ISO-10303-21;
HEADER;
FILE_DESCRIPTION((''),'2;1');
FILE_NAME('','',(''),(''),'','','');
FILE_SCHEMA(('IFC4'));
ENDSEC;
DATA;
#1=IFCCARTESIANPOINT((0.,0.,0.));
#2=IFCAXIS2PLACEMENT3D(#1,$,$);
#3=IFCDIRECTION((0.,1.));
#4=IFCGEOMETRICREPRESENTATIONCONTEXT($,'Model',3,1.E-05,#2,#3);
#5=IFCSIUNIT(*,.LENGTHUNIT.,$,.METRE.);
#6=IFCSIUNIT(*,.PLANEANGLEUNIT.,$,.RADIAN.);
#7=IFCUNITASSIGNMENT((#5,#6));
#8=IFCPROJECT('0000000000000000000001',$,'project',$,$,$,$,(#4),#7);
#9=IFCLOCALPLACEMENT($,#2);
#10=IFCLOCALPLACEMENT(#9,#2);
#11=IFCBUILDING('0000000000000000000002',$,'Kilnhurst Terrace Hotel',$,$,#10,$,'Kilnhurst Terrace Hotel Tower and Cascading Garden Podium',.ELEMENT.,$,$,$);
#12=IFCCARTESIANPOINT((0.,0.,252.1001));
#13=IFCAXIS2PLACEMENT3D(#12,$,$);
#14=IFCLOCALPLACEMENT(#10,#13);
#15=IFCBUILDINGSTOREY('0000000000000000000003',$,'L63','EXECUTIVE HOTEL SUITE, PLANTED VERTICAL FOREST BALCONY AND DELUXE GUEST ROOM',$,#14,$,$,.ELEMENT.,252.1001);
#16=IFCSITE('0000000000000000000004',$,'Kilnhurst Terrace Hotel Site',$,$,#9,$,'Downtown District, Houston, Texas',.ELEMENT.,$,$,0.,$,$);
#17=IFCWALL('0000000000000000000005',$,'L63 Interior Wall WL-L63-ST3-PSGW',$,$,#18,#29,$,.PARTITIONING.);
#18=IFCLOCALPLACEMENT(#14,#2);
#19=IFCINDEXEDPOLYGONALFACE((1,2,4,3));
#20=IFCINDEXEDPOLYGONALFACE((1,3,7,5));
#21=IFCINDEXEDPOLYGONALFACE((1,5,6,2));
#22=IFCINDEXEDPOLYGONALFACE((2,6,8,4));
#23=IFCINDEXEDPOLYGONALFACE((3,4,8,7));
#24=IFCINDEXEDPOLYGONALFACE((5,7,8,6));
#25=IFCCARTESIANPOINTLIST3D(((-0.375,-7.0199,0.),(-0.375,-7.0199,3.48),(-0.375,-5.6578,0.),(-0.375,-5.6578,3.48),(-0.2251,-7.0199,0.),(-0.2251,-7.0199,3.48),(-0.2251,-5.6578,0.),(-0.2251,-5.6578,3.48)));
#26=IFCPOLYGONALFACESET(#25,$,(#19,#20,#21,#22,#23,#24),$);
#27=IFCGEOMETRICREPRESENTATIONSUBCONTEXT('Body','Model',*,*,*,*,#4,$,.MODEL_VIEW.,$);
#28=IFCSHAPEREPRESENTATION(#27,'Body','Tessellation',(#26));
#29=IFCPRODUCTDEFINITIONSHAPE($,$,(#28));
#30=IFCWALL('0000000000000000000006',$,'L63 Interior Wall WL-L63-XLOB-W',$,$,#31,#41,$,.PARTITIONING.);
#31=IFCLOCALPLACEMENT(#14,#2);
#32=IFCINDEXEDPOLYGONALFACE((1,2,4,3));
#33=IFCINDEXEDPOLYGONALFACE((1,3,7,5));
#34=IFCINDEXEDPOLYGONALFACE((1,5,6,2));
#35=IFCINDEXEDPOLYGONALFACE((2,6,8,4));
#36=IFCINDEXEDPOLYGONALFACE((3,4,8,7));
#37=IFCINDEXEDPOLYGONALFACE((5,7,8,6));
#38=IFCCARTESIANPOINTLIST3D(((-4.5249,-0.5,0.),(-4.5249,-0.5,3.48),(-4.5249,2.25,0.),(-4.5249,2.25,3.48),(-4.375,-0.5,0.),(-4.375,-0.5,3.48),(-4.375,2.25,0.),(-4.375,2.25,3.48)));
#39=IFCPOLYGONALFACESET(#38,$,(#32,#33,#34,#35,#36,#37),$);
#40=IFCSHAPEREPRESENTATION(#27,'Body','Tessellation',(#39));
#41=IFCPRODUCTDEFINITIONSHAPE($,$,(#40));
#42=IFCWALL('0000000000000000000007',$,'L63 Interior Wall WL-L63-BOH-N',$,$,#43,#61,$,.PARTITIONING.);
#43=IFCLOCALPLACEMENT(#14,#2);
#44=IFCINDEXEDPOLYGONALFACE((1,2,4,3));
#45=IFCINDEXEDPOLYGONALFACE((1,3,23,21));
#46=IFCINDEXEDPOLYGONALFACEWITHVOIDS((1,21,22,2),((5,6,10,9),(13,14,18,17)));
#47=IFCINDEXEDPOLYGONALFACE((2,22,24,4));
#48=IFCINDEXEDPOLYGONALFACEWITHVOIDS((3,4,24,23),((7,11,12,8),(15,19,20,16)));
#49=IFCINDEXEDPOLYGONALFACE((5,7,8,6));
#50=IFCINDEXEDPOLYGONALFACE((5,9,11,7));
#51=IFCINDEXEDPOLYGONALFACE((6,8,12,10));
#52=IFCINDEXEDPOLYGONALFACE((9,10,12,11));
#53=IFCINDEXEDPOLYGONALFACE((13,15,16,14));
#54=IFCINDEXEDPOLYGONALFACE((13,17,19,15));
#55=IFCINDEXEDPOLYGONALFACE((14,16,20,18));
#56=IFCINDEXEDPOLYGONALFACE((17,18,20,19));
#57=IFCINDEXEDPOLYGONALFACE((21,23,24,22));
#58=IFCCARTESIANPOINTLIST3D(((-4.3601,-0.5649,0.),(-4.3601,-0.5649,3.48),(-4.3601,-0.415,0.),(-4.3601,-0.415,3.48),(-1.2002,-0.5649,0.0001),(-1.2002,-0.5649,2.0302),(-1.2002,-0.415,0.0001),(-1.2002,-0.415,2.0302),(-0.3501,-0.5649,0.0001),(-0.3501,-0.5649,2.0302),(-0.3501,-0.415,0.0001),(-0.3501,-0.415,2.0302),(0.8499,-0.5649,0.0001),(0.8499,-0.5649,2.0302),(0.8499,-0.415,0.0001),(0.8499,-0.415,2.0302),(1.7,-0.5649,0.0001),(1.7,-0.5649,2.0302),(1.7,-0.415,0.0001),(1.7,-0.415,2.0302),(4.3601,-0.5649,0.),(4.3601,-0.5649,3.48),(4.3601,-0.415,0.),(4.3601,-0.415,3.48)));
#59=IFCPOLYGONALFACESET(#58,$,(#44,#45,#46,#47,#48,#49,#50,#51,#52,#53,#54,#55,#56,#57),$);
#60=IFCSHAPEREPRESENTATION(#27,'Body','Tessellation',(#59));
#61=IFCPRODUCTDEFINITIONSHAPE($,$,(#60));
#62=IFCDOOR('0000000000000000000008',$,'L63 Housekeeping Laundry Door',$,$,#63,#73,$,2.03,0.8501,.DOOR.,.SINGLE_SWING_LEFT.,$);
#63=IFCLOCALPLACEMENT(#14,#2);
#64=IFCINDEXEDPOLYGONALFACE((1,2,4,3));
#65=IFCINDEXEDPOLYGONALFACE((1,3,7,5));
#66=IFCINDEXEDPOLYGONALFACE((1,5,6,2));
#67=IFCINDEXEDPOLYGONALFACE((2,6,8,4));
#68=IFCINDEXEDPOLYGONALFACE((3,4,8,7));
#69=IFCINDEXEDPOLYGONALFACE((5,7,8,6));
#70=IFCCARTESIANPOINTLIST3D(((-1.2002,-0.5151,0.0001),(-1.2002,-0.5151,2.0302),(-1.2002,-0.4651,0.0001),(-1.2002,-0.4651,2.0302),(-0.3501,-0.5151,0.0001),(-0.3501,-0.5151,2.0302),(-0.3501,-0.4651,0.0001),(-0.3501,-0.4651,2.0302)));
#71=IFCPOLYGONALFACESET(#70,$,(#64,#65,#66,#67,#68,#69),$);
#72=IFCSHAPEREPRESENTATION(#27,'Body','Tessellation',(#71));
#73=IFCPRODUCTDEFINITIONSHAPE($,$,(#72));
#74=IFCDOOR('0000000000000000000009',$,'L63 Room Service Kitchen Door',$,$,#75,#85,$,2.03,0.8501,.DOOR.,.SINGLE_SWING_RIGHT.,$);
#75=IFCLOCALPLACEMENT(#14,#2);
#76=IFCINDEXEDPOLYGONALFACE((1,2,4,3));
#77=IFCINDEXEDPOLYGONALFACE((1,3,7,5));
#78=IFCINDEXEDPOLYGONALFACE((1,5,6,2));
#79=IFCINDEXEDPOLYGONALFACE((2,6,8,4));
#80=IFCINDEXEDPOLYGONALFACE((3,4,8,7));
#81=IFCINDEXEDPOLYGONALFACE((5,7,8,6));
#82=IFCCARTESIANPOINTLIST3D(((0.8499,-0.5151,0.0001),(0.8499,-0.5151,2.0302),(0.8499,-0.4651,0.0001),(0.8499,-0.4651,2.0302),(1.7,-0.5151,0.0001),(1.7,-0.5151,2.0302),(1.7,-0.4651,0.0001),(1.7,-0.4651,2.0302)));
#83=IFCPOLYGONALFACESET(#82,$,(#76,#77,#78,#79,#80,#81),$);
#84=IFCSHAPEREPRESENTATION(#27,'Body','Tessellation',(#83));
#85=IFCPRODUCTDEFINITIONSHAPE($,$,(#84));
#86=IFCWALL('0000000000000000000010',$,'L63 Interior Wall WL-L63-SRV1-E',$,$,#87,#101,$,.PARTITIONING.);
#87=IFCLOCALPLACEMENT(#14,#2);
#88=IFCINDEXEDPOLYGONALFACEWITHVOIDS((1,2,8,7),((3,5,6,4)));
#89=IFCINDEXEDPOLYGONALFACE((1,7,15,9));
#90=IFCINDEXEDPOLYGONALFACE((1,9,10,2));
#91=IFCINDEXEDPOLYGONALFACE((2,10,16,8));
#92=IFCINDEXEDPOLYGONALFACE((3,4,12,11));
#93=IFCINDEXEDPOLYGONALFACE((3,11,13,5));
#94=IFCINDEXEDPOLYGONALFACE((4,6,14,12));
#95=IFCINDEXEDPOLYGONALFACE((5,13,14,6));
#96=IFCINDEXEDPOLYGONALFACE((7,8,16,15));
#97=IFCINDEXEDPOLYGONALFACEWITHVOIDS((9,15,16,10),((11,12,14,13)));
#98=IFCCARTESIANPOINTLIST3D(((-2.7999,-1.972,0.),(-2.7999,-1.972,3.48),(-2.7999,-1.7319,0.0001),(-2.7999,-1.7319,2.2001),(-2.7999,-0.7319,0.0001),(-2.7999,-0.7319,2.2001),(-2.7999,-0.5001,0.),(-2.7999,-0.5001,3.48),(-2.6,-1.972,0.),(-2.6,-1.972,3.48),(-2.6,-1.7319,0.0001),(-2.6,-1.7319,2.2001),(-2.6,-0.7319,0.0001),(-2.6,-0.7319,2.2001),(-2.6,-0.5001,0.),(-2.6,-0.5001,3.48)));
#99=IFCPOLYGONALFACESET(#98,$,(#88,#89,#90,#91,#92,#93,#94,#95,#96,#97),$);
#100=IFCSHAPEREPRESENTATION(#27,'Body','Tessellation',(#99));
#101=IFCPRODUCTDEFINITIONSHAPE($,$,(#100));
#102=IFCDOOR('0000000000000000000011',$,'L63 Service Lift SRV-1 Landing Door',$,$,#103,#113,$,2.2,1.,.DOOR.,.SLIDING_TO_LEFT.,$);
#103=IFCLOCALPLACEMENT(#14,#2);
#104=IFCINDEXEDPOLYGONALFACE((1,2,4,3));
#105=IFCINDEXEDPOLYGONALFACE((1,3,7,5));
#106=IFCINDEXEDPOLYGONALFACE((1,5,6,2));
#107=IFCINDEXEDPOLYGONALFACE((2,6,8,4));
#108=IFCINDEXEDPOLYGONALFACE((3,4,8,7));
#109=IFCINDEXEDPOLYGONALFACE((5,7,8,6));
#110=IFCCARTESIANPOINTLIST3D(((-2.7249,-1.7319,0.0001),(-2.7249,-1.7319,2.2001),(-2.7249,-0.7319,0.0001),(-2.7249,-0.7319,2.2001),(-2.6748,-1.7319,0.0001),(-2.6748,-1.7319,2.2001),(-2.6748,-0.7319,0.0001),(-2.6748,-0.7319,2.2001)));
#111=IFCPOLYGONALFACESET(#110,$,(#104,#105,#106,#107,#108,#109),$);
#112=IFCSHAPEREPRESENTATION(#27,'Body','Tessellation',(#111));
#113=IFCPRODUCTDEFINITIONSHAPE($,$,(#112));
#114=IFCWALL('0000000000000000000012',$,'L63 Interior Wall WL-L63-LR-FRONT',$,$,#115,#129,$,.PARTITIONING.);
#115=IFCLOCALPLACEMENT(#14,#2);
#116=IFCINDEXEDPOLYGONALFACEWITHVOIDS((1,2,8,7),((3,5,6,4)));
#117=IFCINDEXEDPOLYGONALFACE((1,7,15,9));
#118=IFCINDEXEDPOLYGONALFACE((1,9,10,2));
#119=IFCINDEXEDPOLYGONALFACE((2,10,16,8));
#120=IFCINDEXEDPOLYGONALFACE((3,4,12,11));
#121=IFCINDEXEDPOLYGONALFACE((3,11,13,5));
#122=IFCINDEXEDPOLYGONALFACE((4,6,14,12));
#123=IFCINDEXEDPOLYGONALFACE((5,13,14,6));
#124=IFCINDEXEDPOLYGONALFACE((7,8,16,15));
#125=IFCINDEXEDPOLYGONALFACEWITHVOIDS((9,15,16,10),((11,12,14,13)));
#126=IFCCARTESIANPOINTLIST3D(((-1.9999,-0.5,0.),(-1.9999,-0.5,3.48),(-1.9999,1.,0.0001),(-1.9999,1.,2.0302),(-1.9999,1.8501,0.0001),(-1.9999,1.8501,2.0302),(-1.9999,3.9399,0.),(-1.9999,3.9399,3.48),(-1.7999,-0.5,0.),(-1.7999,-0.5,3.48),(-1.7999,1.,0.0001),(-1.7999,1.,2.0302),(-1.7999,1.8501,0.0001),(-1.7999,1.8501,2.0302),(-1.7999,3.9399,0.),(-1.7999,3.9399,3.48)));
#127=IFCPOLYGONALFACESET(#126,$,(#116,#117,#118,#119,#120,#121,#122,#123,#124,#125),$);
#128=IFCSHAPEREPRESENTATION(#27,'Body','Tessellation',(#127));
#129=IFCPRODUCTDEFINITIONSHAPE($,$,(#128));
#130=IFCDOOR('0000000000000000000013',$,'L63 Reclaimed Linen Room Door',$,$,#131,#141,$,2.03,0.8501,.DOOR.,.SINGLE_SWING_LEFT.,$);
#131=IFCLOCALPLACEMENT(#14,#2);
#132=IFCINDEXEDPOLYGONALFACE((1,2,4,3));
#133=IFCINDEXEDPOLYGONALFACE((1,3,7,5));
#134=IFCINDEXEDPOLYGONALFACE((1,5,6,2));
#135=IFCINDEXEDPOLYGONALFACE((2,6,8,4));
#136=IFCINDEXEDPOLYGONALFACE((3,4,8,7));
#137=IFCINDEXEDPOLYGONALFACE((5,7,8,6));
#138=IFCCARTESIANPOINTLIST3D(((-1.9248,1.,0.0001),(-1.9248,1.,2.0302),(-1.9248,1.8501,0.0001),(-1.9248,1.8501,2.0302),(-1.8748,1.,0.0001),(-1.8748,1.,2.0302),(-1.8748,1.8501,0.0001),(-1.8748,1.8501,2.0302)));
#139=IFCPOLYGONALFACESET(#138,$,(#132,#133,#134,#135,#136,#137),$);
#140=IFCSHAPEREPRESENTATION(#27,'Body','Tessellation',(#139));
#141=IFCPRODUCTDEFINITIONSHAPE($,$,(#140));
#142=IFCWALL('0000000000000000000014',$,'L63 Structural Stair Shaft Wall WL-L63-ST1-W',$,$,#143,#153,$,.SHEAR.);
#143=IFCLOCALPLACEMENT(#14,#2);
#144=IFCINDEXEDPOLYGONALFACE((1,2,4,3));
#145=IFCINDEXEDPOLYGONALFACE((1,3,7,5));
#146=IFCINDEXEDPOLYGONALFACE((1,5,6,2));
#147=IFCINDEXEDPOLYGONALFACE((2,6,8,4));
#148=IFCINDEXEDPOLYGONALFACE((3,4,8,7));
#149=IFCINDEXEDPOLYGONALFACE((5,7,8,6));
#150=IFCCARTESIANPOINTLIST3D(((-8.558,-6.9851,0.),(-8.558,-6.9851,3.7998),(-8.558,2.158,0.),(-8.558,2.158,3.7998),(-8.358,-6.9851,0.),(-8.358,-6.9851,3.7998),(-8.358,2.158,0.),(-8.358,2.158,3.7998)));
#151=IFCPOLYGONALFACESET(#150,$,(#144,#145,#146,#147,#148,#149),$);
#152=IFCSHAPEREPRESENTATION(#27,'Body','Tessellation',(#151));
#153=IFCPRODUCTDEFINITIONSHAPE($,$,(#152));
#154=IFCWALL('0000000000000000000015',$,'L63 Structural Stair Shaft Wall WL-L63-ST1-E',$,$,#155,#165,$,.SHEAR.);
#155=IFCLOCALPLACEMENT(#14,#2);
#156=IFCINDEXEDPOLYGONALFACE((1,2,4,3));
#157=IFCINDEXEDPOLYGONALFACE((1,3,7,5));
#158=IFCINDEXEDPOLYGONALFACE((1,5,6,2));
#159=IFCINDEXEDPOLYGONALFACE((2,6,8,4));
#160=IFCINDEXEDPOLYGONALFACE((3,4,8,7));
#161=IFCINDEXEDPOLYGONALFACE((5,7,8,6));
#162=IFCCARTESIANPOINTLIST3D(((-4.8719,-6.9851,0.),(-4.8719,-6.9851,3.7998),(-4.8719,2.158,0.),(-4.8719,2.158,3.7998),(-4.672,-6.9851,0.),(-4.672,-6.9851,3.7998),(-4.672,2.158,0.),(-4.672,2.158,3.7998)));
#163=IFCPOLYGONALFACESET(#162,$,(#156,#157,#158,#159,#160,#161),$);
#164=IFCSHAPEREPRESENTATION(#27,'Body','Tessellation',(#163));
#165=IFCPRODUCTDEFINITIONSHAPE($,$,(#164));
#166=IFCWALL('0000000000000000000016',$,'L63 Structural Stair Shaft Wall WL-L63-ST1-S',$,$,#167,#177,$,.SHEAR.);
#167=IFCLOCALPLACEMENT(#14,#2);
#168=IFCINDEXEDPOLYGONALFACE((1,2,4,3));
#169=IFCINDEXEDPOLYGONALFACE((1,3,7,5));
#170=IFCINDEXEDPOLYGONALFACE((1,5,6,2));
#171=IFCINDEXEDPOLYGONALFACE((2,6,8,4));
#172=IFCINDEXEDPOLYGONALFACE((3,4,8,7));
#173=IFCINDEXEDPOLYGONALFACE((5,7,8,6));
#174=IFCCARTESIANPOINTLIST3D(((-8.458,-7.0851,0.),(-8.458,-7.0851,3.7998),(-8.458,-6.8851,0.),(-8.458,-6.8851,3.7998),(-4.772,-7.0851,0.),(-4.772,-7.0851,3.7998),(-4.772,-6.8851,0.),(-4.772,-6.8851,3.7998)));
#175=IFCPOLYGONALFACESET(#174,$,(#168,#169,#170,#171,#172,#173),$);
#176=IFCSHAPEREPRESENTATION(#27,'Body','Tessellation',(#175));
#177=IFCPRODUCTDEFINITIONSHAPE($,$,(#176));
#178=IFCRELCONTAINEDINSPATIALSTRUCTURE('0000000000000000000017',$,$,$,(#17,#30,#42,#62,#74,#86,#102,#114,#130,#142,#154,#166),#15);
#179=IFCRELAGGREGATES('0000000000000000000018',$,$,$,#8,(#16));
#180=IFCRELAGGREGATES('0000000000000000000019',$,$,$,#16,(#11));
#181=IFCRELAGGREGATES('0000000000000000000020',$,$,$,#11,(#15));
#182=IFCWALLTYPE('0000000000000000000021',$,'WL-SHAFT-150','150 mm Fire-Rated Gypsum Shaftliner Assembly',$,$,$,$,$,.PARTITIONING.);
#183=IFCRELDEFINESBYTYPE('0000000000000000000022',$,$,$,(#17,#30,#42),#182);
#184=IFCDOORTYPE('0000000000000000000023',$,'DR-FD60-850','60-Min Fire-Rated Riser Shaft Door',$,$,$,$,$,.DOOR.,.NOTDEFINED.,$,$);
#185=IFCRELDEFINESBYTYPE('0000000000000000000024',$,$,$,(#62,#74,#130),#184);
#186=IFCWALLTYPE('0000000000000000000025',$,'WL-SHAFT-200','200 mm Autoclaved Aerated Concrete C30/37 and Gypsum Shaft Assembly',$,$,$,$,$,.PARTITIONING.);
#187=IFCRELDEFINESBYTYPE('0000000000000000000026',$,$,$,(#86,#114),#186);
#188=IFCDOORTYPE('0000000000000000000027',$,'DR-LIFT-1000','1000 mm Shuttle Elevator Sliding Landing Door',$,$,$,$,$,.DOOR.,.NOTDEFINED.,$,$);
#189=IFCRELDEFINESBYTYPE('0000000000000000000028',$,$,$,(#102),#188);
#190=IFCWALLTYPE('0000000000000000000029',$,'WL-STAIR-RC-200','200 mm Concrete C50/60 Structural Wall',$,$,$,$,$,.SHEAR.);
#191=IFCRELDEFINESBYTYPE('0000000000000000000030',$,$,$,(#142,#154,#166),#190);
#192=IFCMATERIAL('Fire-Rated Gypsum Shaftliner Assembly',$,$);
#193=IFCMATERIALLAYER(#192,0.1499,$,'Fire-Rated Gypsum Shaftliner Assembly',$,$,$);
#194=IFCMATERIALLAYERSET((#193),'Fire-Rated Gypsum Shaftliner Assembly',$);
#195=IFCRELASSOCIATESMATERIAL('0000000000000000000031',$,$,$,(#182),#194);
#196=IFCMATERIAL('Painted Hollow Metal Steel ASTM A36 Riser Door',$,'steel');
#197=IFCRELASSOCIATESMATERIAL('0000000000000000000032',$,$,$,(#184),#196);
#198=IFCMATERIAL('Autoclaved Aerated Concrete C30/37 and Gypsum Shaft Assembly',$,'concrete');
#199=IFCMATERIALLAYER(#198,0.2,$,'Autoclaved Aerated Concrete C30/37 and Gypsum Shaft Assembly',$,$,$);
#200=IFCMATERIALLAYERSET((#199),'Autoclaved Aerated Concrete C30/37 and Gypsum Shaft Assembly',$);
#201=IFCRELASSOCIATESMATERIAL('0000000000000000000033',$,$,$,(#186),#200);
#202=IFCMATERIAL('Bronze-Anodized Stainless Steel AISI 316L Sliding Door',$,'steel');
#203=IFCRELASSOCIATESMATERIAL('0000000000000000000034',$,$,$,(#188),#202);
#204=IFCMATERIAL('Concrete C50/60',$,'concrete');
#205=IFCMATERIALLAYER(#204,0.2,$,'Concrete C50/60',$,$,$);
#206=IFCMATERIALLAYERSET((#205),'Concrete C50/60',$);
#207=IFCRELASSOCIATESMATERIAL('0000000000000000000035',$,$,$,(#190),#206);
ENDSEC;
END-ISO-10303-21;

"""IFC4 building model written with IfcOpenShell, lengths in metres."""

from ifc_helpers import new_model, si_unit, direction, frame, frame_2d, origin, place, context, subcontext, project, spatial, rectangle, extrude, material, layer, layer_set, type_object, element, fill, save


model = new_model("IFC4")

# Units and contexts
model_context = context("Model", 3, precision=1e-05, world=origin(), true_north=direction((0.0, 1.0)))
body_context = subcontext(model_context, "Body", "Model", "MODEL_VIEW")
ifc_project = project(units=[si_unit("LENGTHUNIT", "METRE"), si_unit("PLANEANGLEUNIT", "RADIAN")], contexts=[model_context])

# Site, building, storey
site_placement = place(None, origin())
site = spatial("IfcSite", under=ifc_project, at=site_placement, Name="Kilnhurst Terrace Hotel Site", LongName="Downtown District, Houston, Texas", CompositionType="ELEMENT", RefElevation=0.0)
building_placement = place(site_placement, origin())
building = spatial("IfcBuilding", under=site, at=building_placement, Name="Kilnhurst Terrace Hotel", LongName="Kilnhurst Terrace Hotel Tower and Cascading Garden Podium", CompositionType="ELEMENT")
storey_placement = place(building_placement, frame((0.0, 0.0, 252.1001)))
storey = spatial("IfcBuildingStorey", under=building, at=storey_placement, Name="L63", Description="EXECUTIVE HOTEL SUITE, PLANTED VERTICAL FOREST BALCONY AND DELUXE GUEST ROOM", CompositionType="ELEMENT", Elevation=252.1001)

# Walls
ifc_material_1 = material(Name="Fire-Rated Gypsum Shaftliner Assembly")
ifc_layer_1 = layer(ifc_material_1, 0.1499, Name="Fire-Rated Gypsum Shaftliner Assembly")
ifc_layer_set_1 = layer_set([ifc_layer_1], Name="Fire-Rated Gypsum Shaftliner Assembly")
wall_type_1 = type_object("IfcWallType", Name="WL-SHAFT-150", Description="150 mm Fire-Rated Gypsum Shaftliner Assembly", PredefinedType="PARTITIONING", material=ifc_layer_set_1)
wall_1_placement = place(storey_placement, frame((-0.3, -7.02, 0.0), z_axis=(0.0, 0.0, 1.0), x_axis=(0.0, 1.0, 0.0)))
element("IfcWall", 1, at=wall_1_placement, inside=storey, type_object=wall_type_1, Name="L63 Interior Wall WL-L63-ST3-PSGW", PredefinedType="PARTITIONING", context=body_context, shape_type="SweptSolid", body=[
    extrude(rectangle(XDim=1.3621, YDim=0.1499, at=frame_2d((0.6812, 0.0))), origin(), (0.0, 0.0, 1.0), 3.48),
])
wall_2_placement = place(storey_placement, frame((-4.45, -0.5, 0.0), z_axis=(0.0, 0.0, 1.0), x_axis=(0.0, 1.0, 0.0)))
element("IfcWall", 2, at=wall_2_placement, inside=storey, type_object=wall_type_1, Name="L63 Interior Wall WL-L63-XLOB-W", PredefinedType="PARTITIONING", context=body_context, shape_type="SweptSolid", body=[
    extrude(rectangle(XDim=2.75, YDim=0.1499, at=frame_2d((1.375, 0.0))), origin(), (0.0, 0.0, 1.0), 3.48),
])

# Wall, openings, doors
wall_3_placement = place(storey_placement, frame((-4.3601, -0.49, 0.0), z_axis=(0.0, 0.0, 1.0), x_axis=(1.0, 0.0, 0.0)))
wall_3 = element("IfcWall", 3, at=wall_3_placement, inside=storey, type_object=wall_type_1, Name="L63 Interior Wall WL-L63-BOH-N", PredefinedType="PARTITIONING", context=body_context, shape_type="SweptSolid", body=[
    extrude(rectangle(XDim=8.7202, YDim=0.1499, at=frame_2d((4.3601, 0.0))), origin(), (0.0, 0.0, 1.0), 3.48),
])
opening_1_placement = place(wall_3_placement, frame((3.1599, 0.0, 0.0)))
opening_1 = element("IfcOpeningElement", 4, at=opening_1_placement, cuts=wall_3, PredefinedType="OPENING", context=body_context, shape_type="SweptSolid", body=[
    extrude(rectangle(XDim=0.8501, YDim=2.03, at=frame_2d((0.425, 1.0151))), frame((0.0, 0.085, 0.0), z_axis=(0.0, -1.0, 0.0), x_axis=(1.0, 0.0, 0.0)), (0.0, 0.0, 1.0), 0.1699),
])
opening_2_placement = place(wall_3_placement, frame((5.21, 0.0, 0.0)))
opening_2 = element("IfcOpeningElement", 5, at=opening_2_placement, cuts=wall_3, PredefinedType="OPENING", context=body_context, shape_type="SweptSolid", body=[
    extrude(rectangle(XDim=0.8501, YDim=2.03, at=frame_2d((0.425, 1.0151))), frame((0.0, 0.085, 0.0), z_axis=(0.0, -1.0, 0.0), x_axis=(1.0, 0.0, 0.0)), (0.0, 0.0, 1.0), 0.1699),
])
ifc_material_2 = material(Name="Painted Hollow Metal Steel ASTM A36 Riser Door", Category="steel")
door_type_1 = type_object("IfcDoorType", Name="DR-FD60-850", Description="60-Min Fire-Rated Riser Shaft Door", OperationType="NOTDEFINED", PredefinedType="DOOR", material=ifc_material_2)
door_1_placement = place(opening_1_placement, origin())
door_1 = element("IfcDoor", 6, at=door_1_placement, inside=storey, type_object=door_type_1, Name="L63 Housekeeping Laundry Door", OperationType="SINGLE_SWING_LEFT", OverallHeight=2.03, OverallWidth=0.8501, PredefinedType="DOOR", context=body_context, shape_type="SweptSolid", body=[
    extrude(rectangle(XDim=0.8501, YDim=2.03, at=frame_2d((0.425, 1.0151))), frame((0.0, 0.0249, 0.0), z_axis=(0.0, -1.0, 0.0), x_axis=(1.0, 0.0, 0.0)), (0.0, 0.0, 1.0), 0.05),
])
fill(opening_1, door_1)
door_2_placement = place(opening_2_placement, origin())
door_2 = element("IfcDoor", 7, at=door_2_placement, inside=storey, type_object=door_type_1, Name="L63 Room Service Kitchen Door", OperationType="SINGLE_SWING_RIGHT", OverallHeight=2.03, OverallWidth=0.8501, PredefinedType="DOOR", context=body_context, shape_type="SweptSolid", body=[
    extrude(rectangle(XDim=0.8501, YDim=2.03, at=frame_2d((0.425, 1.0151))), frame((0.0, 0.0249, 0.0), z_axis=(0.0, -1.0, 0.0), x_axis=(1.0, 0.0, 0.0)), (0.0, 0.0, 1.0), 0.05),
])
fill(opening_2, door_2)

# Walls, openings, doors
ifc_material_3 = material(Name="Autoclaved Aerated Concrete C30/37 and Gypsum Shaft Assembly", Category="concrete")
ifc_layer_2 = layer(ifc_material_3, 0.2, Name="Autoclaved Aerated Concrete C30/37 and Gypsum Shaft Assembly")
ifc_layer_set_2 = layer_set([ifc_layer_2], Name="Autoclaved Aerated Concrete C30/37 and Gypsum Shaft Assembly")
wall_type_2 = type_object("IfcWallType", Name="WL-SHAFT-200", Description="200 mm Autoclaved Aerated Concrete C30/37 and Gypsum Shaft Assembly", PredefinedType="PARTITIONING", material=ifc_layer_set_2)
wall_4_placement = place(storey_placement, frame((-2.7, -1.9719, 0.0), z_axis=(0.0, 0.0, 1.0), x_axis=(0.0, 1.0, 0.0)))
wall_4 = element("IfcWall", 8, at=wall_4_placement, inside=storey, type_object=wall_type_2, Name="L63 Interior Wall WL-L63-SRV1-E", PredefinedType="PARTITIONING", context=body_context, shape_type="SweptSolid", body=[
    extrude(rectangle(XDim=1.4719, YDim=0.2, at=frame_2d((0.7358, 0.0))), origin(), (0.0, 0.0, 1.0), 3.48),
])
opening_3_placement = place(wall_4_placement, frame((0.24, 0.0, 0.0)))
opening_3 = element("IfcOpeningElement", 9, at=opening_3_placement, cuts=wall_4, PredefinedType="OPENING", context=body_context, shape_type="SweptSolid", body=[
    extrude(rectangle(XDim=1.0, YDim=2.2, at=frame_2d((0.5, 1.1001))), frame((0.0, 0.1099, 0.0), z_axis=(0.0, -1.0, 0.0), x_axis=(1.0, 0.0, 0.0)), (0.0, 0.0, 1.0), 0.22),
])
ifc_material_4 = material(Name="Bronze-Anodized Stainless Steel AISI 316L Sliding Door", Category="steel")
door_type_2 = type_object("IfcDoorType", Name="DR-LIFT-1000", Description="1000 mm Shuttle Elevator Sliding Landing Door", OperationType="NOTDEFINED", PredefinedType="DOOR", material=ifc_material_4)
door_3_placement = place(opening_3_placement, origin())
door_3 = element("IfcDoor", 10, at=door_3_placement, inside=storey, type_object=door_type_2, Name="L63 Service Lift SRV-1 Landing Door", OperationType="SLIDING_TO_LEFT", OverallHeight=2.2, OverallWidth=1.0, PredefinedType="DOOR", context=body_context, shape_type="SweptSolid", body=[
    extrude(rectangle(XDim=1.0, YDim=2.2, at=frame_2d((0.5, 1.1001))), frame((0.0, 0.0249, 0.0), z_axis=(0.0, -1.0, 0.0), x_axis=(1.0, 0.0, 0.0)), (0.0, 0.0, 1.0), 0.05),
])
fill(opening_3, door_3)
wall_5_placement = place(storey_placement, frame((-1.8999, -0.5, 0.0), z_axis=(0.0, 0.0, 1.0), x_axis=(0.0, 1.0, 0.0)))
wall_5 = element("IfcWall", 11, at=wall_5_placement, inside=storey, type_object=wall_type_2, Name="L63 Interior Wall WL-L63-LR-FRONT", PredefinedType="PARTITIONING", context=body_context, shape_type="SweptSolid", body=[
    extrude(rectangle(XDim=4.4399, YDim=0.2, at=frame_2d((2.22, 0.0))), origin(), (0.0, 0.0, 1.0), 3.48),
])
opening_4_placement = place(wall_5_placement, frame((1.5, 0.0, 0.0)))
opening_4 = element("IfcOpeningElement", 12, at=opening_4_placement, cuts=wall_5, PredefinedType="OPENING", context=body_context, shape_type="SweptSolid", body=[
    extrude(rectangle(XDim=0.8501, YDim=2.03, at=frame_2d((0.425, 1.0151))), frame((0.0, 0.1099, 0.0), z_axis=(0.0, -1.0, 0.0), x_axis=(1.0, 0.0, 0.0)), (0.0, 0.0, 1.0), 0.22),
])
door_4_placement = place(opening_4_placement, origin())
door_4 = element("IfcDoor", 13, at=door_4_placement, inside=storey, type_object=door_type_1, Name="L63 Reclaimed Linen Room Door", OperationType="SINGLE_SWING_LEFT", OverallHeight=2.03, OverallWidth=0.8501, PredefinedType="DOOR", context=body_context, shape_type="SweptSolid", body=[
    extrude(rectangle(XDim=0.8501, YDim=2.03, at=frame_2d((0.425, 1.0151))), frame((0.0, 0.0249, 0.0), z_axis=(0.0, -1.0, 0.0), x_axis=(1.0, 0.0, 0.0)), (0.0, 0.0, 1.0), 0.05),
])
fill(opening_4, door_4)

# Walls
ifc_material_5 = material(Name="Concrete C50/60", Category="concrete")
ifc_layer_3 = layer(ifc_material_5, 0.2, Name="Concrete C50/60")
ifc_layer_set_3 = layer_set([ifc_layer_3], Name="Concrete C50/60")
wall_type_3 = type_object("IfcWallType", Name="WL-STAIR-RC-200", Description="200 mm Concrete C50/60 Structural Wall", PredefinedType="SHEAR", material=ifc_layer_set_3)
for number, where, z_axis, x_axis, name in (
    (14, (-8.458, -6.9851, 0.0), (0.0, 0.0, 1.0), (0.0, 1.0, 0.0), "L63 Structural Stair Shaft Wall WL-L63-ST1-W"),
    (15, (-4.772, -6.9851, 0.0), (0.0, 0.0, 1.0), (0.0, 1.0, 0.0), "L63 Structural Stair Shaft Wall WL-L63-ST1-E"),
):
    element("IfcWall", number, at=place(storey_placement, frame(where, z_axis=z_axis, x_axis=x_axis)), inside=storey, type_object=wall_type_3, Name=name, PredefinedType="SHEAR", context=body_context, shape_type="SweptSolid", body=[
        extrude(rectangle(XDim=9.1431, YDim=0.2, at=frame_2d((4.5715, 0.0))), origin(), (0.0, 0.0, 1.0), 3.7998),
    ])
for number, where, z_axis, x_axis, name in (
    (16, (-8.458, -6.9851, 0.0), (0.0, 0.0, 1.0), (1.0, 0.0, 0.0), "L63 Structural Stair Shaft Wall WL-L63-ST1-S"),
):
    element("IfcWall", number, at=place(storey_placement, frame(where, z_axis=z_axis, x_axis=x_axis)), inside=storey, type_object=wall_type_3, Name=name, PredefinedType="SHEAR", context=body_context, shape_type="SweptSolid", body=[
        extrude(rectangle(XDim=3.686, YDim=0.2, at=frame_2d((1.843, 0.0))), origin(), (0.0, 0.0, 1.0), 3.7998),
    ])

save(model, "model.ifc")
